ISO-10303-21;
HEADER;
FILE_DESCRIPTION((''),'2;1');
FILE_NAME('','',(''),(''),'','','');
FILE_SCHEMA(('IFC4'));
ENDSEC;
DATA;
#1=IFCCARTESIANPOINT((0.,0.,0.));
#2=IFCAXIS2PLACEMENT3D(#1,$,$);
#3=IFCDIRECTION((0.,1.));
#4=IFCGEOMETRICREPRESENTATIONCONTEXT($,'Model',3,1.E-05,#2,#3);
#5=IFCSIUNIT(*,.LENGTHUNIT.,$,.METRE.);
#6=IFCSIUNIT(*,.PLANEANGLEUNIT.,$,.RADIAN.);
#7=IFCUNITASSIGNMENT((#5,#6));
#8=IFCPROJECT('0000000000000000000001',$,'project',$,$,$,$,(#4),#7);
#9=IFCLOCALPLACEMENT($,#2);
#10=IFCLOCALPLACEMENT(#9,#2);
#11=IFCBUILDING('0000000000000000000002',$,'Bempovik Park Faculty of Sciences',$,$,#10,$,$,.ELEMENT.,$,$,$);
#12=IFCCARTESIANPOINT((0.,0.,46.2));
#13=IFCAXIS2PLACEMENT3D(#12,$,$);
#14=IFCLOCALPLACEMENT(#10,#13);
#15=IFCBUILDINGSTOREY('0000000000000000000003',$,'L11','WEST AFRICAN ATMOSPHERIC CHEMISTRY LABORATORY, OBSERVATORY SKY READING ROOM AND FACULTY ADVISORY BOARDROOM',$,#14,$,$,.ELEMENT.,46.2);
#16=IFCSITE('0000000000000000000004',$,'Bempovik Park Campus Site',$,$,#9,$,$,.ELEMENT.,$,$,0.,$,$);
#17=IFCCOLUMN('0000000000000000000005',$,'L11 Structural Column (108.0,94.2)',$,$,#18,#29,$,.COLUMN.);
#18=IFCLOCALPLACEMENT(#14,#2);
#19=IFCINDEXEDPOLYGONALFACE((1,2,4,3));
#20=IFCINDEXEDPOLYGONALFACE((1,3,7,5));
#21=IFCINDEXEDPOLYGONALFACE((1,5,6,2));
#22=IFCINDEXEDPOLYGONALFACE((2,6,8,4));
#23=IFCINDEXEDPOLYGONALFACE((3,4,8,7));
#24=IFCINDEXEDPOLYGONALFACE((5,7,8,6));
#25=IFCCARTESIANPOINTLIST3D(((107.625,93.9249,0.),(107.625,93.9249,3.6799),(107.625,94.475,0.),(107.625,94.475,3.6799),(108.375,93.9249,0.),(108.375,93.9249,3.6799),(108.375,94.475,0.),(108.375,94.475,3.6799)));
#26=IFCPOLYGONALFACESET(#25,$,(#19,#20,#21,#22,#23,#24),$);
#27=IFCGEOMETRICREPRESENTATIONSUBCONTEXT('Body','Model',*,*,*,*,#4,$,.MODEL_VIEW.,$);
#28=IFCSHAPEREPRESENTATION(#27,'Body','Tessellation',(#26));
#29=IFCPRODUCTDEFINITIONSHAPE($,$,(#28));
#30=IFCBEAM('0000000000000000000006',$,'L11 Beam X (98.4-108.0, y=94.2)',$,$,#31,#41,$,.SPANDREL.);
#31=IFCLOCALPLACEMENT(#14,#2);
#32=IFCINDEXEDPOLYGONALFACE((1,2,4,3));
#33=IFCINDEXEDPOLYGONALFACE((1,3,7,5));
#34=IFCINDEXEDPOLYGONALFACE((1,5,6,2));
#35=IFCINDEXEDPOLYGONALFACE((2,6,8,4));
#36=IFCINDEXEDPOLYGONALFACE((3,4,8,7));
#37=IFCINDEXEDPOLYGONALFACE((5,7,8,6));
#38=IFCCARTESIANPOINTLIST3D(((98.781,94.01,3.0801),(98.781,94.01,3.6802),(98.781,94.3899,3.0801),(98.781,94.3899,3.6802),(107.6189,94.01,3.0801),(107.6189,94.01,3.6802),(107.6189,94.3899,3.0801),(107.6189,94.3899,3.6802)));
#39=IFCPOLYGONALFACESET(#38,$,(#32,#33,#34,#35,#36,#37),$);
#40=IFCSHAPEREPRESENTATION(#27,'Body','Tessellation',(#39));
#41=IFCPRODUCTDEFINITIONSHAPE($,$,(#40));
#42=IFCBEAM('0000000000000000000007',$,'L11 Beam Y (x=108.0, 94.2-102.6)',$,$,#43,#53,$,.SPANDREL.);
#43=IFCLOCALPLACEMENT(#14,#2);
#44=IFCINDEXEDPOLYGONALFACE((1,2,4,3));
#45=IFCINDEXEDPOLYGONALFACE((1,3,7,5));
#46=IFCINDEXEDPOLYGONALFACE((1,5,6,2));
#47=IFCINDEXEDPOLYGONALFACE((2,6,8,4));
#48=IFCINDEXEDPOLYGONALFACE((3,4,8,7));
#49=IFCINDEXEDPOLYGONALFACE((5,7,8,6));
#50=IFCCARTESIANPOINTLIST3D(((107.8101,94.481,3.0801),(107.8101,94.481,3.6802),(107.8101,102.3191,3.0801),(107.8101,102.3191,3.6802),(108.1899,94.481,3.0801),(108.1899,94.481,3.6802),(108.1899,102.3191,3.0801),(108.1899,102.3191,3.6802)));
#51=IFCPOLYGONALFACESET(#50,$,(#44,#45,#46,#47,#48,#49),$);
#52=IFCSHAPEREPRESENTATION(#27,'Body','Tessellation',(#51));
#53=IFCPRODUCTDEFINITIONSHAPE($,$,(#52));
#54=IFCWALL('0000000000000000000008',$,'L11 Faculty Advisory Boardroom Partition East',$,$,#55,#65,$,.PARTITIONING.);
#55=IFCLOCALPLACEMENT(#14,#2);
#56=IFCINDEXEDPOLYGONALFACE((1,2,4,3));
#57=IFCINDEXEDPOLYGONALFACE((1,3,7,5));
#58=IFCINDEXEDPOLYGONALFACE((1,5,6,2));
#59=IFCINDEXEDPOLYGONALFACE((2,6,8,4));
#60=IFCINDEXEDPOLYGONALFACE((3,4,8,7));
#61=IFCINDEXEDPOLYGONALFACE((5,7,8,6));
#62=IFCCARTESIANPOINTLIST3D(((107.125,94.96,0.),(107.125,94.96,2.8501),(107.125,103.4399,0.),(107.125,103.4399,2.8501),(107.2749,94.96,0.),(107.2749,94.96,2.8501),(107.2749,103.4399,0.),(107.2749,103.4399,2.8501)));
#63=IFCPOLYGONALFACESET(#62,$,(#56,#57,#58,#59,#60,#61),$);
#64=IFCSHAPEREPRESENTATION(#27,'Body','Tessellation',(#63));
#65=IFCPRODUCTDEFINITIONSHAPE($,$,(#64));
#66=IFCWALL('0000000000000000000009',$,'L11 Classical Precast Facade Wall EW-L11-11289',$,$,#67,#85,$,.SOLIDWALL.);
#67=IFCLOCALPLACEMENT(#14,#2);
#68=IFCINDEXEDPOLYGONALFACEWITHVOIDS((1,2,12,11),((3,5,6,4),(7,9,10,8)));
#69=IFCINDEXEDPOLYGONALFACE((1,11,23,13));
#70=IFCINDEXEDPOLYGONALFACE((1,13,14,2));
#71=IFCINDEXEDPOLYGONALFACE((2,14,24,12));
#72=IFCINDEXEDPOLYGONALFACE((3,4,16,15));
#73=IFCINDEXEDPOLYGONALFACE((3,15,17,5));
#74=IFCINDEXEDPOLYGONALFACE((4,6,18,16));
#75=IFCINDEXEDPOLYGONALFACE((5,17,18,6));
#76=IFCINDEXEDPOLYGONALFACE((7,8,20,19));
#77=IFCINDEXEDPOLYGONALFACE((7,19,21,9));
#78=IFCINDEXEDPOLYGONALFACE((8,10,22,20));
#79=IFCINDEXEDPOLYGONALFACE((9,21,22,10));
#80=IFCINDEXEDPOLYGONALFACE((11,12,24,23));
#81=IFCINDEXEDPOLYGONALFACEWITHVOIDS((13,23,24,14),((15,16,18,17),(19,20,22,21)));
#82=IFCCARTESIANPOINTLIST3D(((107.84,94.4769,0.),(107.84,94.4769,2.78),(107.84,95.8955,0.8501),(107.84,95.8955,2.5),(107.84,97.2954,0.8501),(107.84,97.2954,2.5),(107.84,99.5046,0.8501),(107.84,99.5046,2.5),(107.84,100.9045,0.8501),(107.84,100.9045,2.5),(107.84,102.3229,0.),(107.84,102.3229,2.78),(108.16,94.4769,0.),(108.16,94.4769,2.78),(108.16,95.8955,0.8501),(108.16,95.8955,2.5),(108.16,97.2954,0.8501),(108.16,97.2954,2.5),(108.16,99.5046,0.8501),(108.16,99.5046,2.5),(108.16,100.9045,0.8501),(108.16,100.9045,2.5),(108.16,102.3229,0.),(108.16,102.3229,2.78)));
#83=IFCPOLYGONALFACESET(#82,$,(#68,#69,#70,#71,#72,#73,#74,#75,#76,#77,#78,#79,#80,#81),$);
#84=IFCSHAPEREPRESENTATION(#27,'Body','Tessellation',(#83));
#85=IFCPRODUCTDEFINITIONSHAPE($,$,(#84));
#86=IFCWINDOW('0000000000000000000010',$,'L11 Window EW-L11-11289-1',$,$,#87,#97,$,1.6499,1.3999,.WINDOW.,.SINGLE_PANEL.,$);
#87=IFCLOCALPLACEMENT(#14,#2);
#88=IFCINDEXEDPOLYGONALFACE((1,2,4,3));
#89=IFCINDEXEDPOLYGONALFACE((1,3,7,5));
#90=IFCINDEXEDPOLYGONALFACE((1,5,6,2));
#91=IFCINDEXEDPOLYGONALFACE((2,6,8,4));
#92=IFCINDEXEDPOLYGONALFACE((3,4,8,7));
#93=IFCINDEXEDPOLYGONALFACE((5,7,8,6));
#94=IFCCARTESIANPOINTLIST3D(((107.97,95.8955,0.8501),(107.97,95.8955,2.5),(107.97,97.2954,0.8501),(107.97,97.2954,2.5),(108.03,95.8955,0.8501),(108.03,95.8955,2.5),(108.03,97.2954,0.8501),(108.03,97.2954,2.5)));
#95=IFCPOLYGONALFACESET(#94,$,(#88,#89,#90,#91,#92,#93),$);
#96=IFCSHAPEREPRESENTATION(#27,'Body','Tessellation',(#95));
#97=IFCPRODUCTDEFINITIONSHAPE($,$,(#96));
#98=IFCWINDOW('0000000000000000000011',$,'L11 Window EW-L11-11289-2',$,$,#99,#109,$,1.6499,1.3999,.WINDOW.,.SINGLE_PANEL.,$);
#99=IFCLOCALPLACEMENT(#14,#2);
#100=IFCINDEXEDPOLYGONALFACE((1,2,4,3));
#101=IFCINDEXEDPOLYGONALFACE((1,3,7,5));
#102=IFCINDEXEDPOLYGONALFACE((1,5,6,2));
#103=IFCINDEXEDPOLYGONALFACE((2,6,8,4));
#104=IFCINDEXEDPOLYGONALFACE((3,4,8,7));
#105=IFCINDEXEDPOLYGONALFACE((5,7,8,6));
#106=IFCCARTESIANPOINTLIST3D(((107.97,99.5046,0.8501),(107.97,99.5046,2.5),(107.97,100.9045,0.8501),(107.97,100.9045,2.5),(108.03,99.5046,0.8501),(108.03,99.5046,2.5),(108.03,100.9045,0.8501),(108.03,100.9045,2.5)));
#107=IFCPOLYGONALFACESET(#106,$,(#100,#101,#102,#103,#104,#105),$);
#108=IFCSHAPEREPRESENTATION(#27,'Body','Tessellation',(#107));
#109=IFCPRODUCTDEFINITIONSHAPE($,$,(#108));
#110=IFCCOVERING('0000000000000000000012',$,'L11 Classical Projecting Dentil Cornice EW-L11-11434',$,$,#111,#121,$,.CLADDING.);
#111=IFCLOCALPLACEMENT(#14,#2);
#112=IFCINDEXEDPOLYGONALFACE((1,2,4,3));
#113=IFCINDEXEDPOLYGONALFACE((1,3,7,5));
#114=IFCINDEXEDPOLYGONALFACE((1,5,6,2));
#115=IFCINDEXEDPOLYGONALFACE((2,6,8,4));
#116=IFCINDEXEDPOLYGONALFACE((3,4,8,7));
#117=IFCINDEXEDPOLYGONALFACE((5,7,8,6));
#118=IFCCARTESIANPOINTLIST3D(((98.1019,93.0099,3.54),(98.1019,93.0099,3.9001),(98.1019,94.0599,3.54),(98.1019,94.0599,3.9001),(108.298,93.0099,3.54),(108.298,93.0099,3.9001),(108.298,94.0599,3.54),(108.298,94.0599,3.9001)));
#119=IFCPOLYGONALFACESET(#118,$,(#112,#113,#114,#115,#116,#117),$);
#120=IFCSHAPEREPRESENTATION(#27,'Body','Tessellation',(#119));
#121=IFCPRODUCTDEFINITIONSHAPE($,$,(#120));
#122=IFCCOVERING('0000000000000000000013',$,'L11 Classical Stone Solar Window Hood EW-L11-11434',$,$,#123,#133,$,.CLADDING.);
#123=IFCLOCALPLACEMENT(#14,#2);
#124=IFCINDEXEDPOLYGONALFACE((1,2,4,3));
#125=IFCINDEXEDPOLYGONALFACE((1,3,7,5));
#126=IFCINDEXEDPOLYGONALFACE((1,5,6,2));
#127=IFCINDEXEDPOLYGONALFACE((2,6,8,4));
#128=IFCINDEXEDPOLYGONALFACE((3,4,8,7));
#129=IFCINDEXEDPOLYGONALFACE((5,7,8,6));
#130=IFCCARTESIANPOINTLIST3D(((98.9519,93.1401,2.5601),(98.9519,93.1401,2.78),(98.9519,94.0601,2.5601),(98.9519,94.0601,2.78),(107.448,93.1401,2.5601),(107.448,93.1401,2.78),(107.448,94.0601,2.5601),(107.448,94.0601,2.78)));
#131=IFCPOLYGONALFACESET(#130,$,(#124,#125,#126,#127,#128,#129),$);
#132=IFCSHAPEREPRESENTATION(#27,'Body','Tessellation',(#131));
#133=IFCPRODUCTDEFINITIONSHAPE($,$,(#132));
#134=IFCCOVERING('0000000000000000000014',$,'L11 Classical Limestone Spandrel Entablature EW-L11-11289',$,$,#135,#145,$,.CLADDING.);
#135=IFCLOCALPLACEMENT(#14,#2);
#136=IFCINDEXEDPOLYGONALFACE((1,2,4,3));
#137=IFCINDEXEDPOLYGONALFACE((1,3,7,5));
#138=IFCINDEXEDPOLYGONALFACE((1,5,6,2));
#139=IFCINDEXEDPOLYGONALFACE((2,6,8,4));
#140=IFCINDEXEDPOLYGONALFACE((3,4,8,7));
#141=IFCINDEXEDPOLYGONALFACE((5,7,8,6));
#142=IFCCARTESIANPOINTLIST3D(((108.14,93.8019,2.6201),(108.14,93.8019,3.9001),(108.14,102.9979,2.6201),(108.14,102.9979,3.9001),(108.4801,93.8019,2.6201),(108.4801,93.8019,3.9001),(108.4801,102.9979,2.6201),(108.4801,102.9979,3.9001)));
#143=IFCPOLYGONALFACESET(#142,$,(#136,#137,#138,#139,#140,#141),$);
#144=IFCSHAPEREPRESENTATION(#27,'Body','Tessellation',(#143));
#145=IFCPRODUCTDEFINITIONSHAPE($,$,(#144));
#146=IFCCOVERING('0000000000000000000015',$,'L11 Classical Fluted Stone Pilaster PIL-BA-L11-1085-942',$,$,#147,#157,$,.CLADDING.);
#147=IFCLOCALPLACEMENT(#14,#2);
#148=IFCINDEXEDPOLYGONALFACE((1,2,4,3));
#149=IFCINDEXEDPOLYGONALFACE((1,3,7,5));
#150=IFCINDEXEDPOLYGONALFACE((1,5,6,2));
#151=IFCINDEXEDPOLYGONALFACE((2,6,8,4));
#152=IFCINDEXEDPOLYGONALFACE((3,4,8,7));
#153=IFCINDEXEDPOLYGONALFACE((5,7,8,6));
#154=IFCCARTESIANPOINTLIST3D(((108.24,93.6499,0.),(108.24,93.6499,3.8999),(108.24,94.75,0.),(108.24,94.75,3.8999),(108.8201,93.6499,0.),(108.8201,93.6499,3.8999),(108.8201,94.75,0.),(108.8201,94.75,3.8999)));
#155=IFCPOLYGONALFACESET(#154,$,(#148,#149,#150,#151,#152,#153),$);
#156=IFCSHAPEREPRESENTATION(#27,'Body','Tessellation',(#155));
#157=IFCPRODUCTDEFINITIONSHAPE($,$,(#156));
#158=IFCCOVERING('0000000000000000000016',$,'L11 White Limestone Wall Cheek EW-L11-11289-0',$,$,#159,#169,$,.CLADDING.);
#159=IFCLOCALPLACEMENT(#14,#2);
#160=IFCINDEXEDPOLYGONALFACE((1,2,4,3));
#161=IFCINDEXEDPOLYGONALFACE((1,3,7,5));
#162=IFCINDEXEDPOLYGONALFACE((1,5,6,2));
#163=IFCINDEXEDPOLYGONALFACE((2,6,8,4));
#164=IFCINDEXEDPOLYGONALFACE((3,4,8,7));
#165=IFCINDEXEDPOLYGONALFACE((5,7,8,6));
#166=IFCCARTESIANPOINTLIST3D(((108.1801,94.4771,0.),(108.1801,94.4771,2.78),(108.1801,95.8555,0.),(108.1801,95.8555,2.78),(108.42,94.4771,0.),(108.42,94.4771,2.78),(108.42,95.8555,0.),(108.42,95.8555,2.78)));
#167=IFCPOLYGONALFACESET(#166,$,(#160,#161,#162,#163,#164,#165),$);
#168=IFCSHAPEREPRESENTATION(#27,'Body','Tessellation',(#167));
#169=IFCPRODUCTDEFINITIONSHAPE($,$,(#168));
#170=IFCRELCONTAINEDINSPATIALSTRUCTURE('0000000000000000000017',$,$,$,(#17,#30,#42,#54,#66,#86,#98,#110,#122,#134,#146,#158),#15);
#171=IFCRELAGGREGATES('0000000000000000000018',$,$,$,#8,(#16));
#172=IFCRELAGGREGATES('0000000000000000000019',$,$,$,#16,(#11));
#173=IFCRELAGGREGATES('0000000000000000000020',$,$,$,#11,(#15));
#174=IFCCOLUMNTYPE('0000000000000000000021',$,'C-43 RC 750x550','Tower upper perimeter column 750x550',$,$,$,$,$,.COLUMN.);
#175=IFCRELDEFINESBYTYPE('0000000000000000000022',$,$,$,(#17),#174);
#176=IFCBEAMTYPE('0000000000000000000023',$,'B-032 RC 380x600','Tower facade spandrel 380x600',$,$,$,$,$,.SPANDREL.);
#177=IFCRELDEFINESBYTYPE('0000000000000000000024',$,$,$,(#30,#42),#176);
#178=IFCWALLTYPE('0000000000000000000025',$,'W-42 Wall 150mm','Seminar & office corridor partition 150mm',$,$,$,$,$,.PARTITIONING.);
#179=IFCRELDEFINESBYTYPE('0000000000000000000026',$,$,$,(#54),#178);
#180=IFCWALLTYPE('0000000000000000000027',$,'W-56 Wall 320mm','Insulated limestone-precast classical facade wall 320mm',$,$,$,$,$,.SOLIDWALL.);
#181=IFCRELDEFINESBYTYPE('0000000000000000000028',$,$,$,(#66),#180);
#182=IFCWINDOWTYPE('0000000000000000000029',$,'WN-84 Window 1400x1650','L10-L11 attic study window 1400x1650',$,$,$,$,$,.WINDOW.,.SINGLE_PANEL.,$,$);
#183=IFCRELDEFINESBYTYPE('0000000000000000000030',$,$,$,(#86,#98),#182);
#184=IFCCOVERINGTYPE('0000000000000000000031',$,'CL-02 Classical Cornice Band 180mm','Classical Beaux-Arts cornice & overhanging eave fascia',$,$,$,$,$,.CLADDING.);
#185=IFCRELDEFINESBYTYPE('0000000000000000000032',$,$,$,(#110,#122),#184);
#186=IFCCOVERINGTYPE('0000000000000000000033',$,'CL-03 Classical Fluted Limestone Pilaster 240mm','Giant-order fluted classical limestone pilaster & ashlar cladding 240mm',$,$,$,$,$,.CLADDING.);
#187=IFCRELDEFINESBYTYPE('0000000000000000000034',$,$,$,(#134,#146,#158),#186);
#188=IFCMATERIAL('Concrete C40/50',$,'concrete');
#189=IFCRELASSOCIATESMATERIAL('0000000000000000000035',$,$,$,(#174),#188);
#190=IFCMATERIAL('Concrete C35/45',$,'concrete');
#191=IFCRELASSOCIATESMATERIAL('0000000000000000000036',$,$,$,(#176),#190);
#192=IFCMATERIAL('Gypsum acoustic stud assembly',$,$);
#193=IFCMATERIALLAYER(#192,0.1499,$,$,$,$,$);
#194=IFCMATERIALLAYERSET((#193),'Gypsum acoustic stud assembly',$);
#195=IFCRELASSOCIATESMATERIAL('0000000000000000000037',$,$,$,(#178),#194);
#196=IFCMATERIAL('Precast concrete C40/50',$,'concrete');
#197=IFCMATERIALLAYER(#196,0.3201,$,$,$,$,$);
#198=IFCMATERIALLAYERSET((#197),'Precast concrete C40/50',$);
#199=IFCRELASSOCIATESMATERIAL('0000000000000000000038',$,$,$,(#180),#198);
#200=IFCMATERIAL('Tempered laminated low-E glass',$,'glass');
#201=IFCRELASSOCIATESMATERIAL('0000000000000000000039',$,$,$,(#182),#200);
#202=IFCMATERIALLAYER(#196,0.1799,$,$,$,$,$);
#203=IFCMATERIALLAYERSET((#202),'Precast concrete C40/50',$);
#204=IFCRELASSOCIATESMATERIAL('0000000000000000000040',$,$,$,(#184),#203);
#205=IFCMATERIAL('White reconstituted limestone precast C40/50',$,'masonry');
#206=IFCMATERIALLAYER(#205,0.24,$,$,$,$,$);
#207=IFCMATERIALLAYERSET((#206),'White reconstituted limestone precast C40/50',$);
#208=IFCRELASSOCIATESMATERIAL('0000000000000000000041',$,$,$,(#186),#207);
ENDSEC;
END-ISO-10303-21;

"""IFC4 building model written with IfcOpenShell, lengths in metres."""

from ifc_helpers import new_model, si_unit, direction, frame, frame_2d, origin, origin_2d, place, context, subcontext, project, spatial, rectangle, extrude, material, layer, layer_set, material_profile, profile_set, type_object, element, fill, save


model = new_model("IFC4")

# Units and contexts
model_context = context("Model", 3, precision=1e-05, world=origin(), true_north=direction((0.0, 1.0)))
body_context = subcontext(model_context, "Body", "Model", "MODEL_VIEW")
ifc_project = project(units=[si_unit("LENGTHUNIT", "METRE"), si_unit("PLANEANGLEUNIT", "RADIAN")], contexts=[model_context])

# Site, building, storey
site_placement = place(None, origin())
site = spatial("IfcSite", under=ifc_project, at=site_placement, Name="Bempovik Park Campus Site", CompositionType="ELEMENT", RefElevation=0.0)
building_placement = place(site_placement, origin())
building = spatial("IfcBuilding", under=site, at=building_placement, Name="Bempovik Park Faculty of Sciences", CompositionType="ELEMENT")
storey_placement = place(building_placement, frame((0.0, 0.0, 46.2)))
storey = spatial("IfcBuildingStorey", under=building, at=storey_placement, Name="L11", Description="WEST AFRICAN ATMOSPHERIC CHEMISTRY LABORATORY, OBSERVATORY SKY READING ROOM AND FACULTY ADVISORY BOARDROOM", CompositionType="ELEMENT", Elevation=46.2)

# Column
ifc_material_1 = material(Name="Concrete C40/50", Category="concrete")
ifc_material_profile_1 = material_profile(ifc_material_1, rectangle(XDim=0.75, YDim=0.55, at=origin_2d()), Name="RC 750x550")
ifc_profile_set_1 = profile_set([ifc_material_profile_1], Name="Concrete C40/50")
column_type = type_object("IfcColumnType", Name="C-43 RC 750x550", Description="Tower upper perimeter column 750x550", PredefinedType="COLUMN", material=ifc_profile_set_1)
column_placement = place(storey_placement, frame((108.0, 94.2, 0.0), z_axis=(0.0, 0.0, 1.0), x_axis=(1.0, 0.0, 0.0)))
element("IfcColumn", 1, at=column_placement, inside=storey, type_object=column_type, Name="L11 Structural Column (108.0,94.2)", PredefinedType="COLUMN", context=body_context, shape_type="SweptSolid", body=[
    extrude(rectangle(XDim=0.75, YDim=0.55, at=origin_2d()), origin(), (0.0, 0.0, 1.0), 3.6799),
])

# Beams
ifc_material_2 = material(Name="Concrete C35/45", Category="concrete")
ifc_material_profile_2 = material_profile(ifc_material_2, rectangle(XDim=0.3799, YDim=0.6001, at=origin_2d()), Name="RC 380x600")
ifc_profile_set_2 = profile_set([ifc_material_profile_2], Name="Concrete C35/45")
beam_type = type_object("IfcBeamType", Name="B-032 RC 380x600", Description="Tower facade spandrel 380x600", PredefinedType="SPANDREL", material=ifc_profile_set_2)
beam_1_placement = place(storey_placement, frame((98.781, 94.2, 3.3801), z_axis=(1.0, 0.0, 0.0), x_axis=(0.0, 1.0, 0.0)))
element("IfcBeam", 2, at=beam_1_placement, inside=storey, type_object=beam_type, Name="L11 Beam X (98.4-108.0, y=94.2)", PredefinedType="SPANDREL", context=body_context, shape_type="SweptSolid", body=[
    extrude(rectangle(XDim=0.3799, YDim=0.6001, at=origin_2d()), origin(), (0.0, 0.0, 1.0), 8.8379),
])
beam_2_placement = place(storey_placement, frame((108.0, 94.481, 3.3801), z_axis=(0.0, 1.0, 0.0), x_axis=(-1.0, 0.0, 0.0)))
element("IfcBeam", 3, at=beam_2_placement, inside=storey, type_object=beam_type, Name="L11 Beam Y (x=108.0, 94.2-102.6)", PredefinedType="SPANDREL", context=body_context, shape_type="SweptSolid", body=[
    extrude(rectangle(XDim=0.3799, YDim=0.6001, at=origin_2d()), origin(), (0.0, 0.0, 1.0), 7.8381),
])

# Wall
ifc_material_3 = material(Name="Gypsum acoustic stud assembly")
ifc_layer_1 = layer(ifc_material_3, 0.1499)
ifc_layer_set_1 = layer_set([ifc_layer_1], Name="Gypsum acoustic stud assembly")
wall_type_1 = type_object("IfcWallType", Name="W-42 Wall 150mm", Description="Seminar & office corridor partition 150mm", PredefinedType="PARTITIONING", material=ifc_layer_set_1)
wall_1_placement = place(storey_placement, frame((107.2, 94.96, 0.0), z_axis=(0.0, 0.0, 1.0), x_axis=(0.0, 1.0, 0.0)))
element("IfcWall", 4, at=wall_1_placement, inside=storey, type_object=wall_type_1, Name="L11 Faculty Advisory Boardroom Partition East", PredefinedType="PARTITIONING", context=body_context, shape_type="SweptSolid", body=[
    extrude(rectangle(XDim=8.48, YDim=0.1499, at=frame_2d((4.24, 0.0))), origin(), (0.0, 0.0, 1.0), 2.8501),
])

# Wall, openings, windows
ifc_material_4 = material(Name="Precast concrete C40/50", Category="concrete")
ifc_layer_2 = layer(ifc_material_4, 0.3201)
ifc_layer_set_2 = layer_set([ifc_layer_2], Name="Precast concrete C40/50")
wall_type_2 = type_object("IfcWallType", Name="W-56 Wall 320mm", Description="Insulated limestone-precast classical facade wall 320mm", PredefinedType="SOLIDWALL", material=ifc_layer_set_2)
wall_2_placement = place(storey_placement, frame((108.0, 94.4771, 0.0), z_axis=(0.0, 0.0, 1.0), x_axis=(0.0, 1.0, 0.0)))
wall_2 = element("IfcWall", 5, at=wall_2_placement, inside=storey, type_object=wall_type_2, Name="L11 Classical Precast Facade Wall EW-L11-11289", PredefinedType="SOLIDWALL", context=body_context, shape_type="SweptSolid", body=[
    extrude(rectangle(XDim=7.8459, YDim=0.3201, at=frame_2d((3.9229, 0.0))), origin(), (0.0, 0.0, 1.0), 2.78),
])
opening_1_placement = place(wall_2_placement, frame((1.4185, 0.0, 0.8501)))
opening_1 = element("IfcOpeningElement", 6, at=opening_1_placement, cuts=wall_2, PredefinedType="OPENING", context=body_context, shape_type="SweptSolid", body=[
    extrude(rectangle(XDim=1.3999, YDim=1.6499, at=frame_2d((0.7, 0.825))), frame((0.0, 0.1699, 0.0), z_axis=(0.0, -1.0, 0.0), x_axis=(1.0, 0.0, 0.0)), (0.0, 0.0, 1.0), 0.3401),
])
opening_2_placement = place(wall_2_placement, frame((5.0276, 0.0, 0.8501)))
opening_2 = element("IfcOpeningElement", 7, at=opening_2_placement, cuts=wall_2, PredefinedType="OPENING", context=body_context, shape_type="SweptSolid", body=[
    extrude(rectangle(XDim=1.3999, YDim=1.6499, at=frame_2d((0.7, 0.825))), frame((0.0, 0.1699, 0.0), z_axis=(0.0, -1.0, 0.0), x_axis=(1.0, 0.0, 0.0)), (0.0, 0.0, 1.0), 0.3401),
])
ifc_material_5 = material(Name="Tempered laminated low-E glass", Category="glass")
window_type = type_object("IfcWindowType", Name="WN-84 Window 1400x1650", Description="L10-L11 attic study window 1400x1650", PartitioningType="SINGLE_PANEL", PredefinedType="WINDOW", material=ifc_material_5)
window_1_placement = place(opening_1_placement, origin())
window_1 = element("IfcWindow", 8, at=window_1_placement, inside=storey, type_object=window_type, Name="L11 Window EW-L11-11289-1", OverallHeight=1.6499, OverallWidth=1.3999, PartitioningType="SINGLE_PANEL", PredefinedType="WINDOW", context=body_context, shape_type="SweptSolid", body=[
    extrude(rectangle(XDim=1.3999, YDim=1.6499, at=frame_2d((0.7, 0.825))), frame((0.0, 0.03, 0.0), z_axis=(0.0, -1.0, 0.0), x_axis=(1.0, 0.0, 0.0)), (0.0, 0.0, 1.0), 0.0601),
])
fill(opening_1, window_1)
window_2_placement = place(opening_2_placement, origin())
window_2 = element("IfcWindow", 9, at=window_2_placement, inside=storey, type_object=window_type, Name="L11 Window EW-L11-11289-2", OverallHeight=1.6499, OverallWidth=1.3999, PartitioningType="SINGLE_PANEL", PredefinedType="WINDOW", context=body_context, shape_type="SweptSolid", body=[
    extrude(rectangle(XDim=1.3999, YDim=1.6499, at=frame_2d((0.7, 0.825))), frame((0.0, 0.03, 0.0), z_axis=(0.0, -1.0, 0.0), x_axis=(1.0, 0.0, 0.0)), (0.0, 0.0, 1.0), 0.0601),
])
fill(opening_2, window_2)

# Coverings
ifc_layer_3 = layer(ifc_material_4, 0.1799)
ifc_layer_set_3 = layer_set([ifc_layer_3], Name="Precast concrete C40/50")
covering_type_1 = type_object("IfcCoveringType", Name="CL-02 Classical Cornice Band 180mm", Description="Classical Beaux-Arts cornice & overhanging eave fascia", PredefinedType="CLADDING", material=ifc_layer_set_3)
covering_1_placement = place(storey_placement, frame((103.2, 93.5349, 3.54), z_axis=(0.0, 0.0, 1.0), x_axis=(1.0, 0.0, 0.0)))
element("IfcCovering", 10, at=covering_1_placement, inside=storey, type_object=covering_type_1, Name="L11 Classical Projecting Dentil Cornice EW-L11-11434", PredefinedType="CLADDING", context=body_context, shape_type="SweptSolid", body=[
    extrude(rectangle(XDim=10.196, YDim=1.05, at=origin_2d()), origin(), (0.0, 0.0, 1.0), 0.3601),
])
covering_2_placement = place(storey_placement, frame((103.2, 93.6001, 2.5601), z_axis=(0.0, 0.0, 1.0), x_axis=(1.0, 0.0, 0.0)))
element("IfcCovering", 11, at=covering_2_placement, inside=storey, type_object=covering_type_1, Name="L11 Classical Stone Solar Window Hood EW-L11-11434", PredefinedType="CLADDING", context=body_context, shape_type="SweptSolid", body=[
    extrude(rectangle(XDim=8.4961, YDim=0.9199, at=origin_2d()), origin(), (0.0, 0.0, 1.0), 0.22),
])
ifc_material_6 = material(Name="White reconstituted limestone precast C40/50", Category="masonry")
ifc_layer_4 = layer(ifc_material_6, 0.24)
ifc_layer_set_4 = layer_set([ifc_layer_4], Name="White reconstituted limestone precast C40/50")
covering_type_2 = type_object("IfcCoveringType", Name="CL-03 Classical Fluted Limestone Pilaster 240mm", Description="Giant-order fluted classical limestone pilaster & ashlar cladding 240mm", PredefinedType="CLADDING", material=ifc_layer_set_4)
covering_3_placement = place(storey_placement, frame((108.3101, 98.3999, 2.6201), z_axis=(0.0, 0.0, 1.0), x_axis=(1.0, 0.0, 0.0)))
element("IfcCovering", 12, at=covering_3_placement, inside=storey, type_object=covering_type_2, Name="L11 Classical Limestone Spandrel Entablature EW-L11-11289", PredefinedType="CLADDING", context=body_context, shape_type="SweptSolid", body=[
    extrude(rectangle(XDim=0.3401, YDim=9.196, at=origin_2d()), origin(), (0.0, 0.0, 1.0), 1.28),
])
covering_4_placement = place(storey_placement, frame((108.53, 94.2, 0.0), z_axis=(0.0, 0.0, 1.0), x_axis=(1.0, 0.0, 0.0)))
element("IfcCovering", 13, at=covering_4_placement, inside=storey, type_object=covering_type_2, Name="L11 Classical Fluted Stone Pilaster PIL-BA-L11-1085-942", PredefinedType="CLADDING", context=body_context, shape_type="SweptSolid", body=[
    extrude(rectangle(XDim=0.5801, YDim=1.1001, at=origin_2d()), origin(), (0.0, 0.0, 1.0), 3.8999),
])
covering_5_placement = place(storey_placement, frame((108.3, 95.1663, 0.0), z_axis=(0.0, 0.0, 1.0), x_axis=(1.0, 0.0, 0.0)))
element("IfcCovering", 14, at=covering_5_placement, inside=storey, type_object=covering_type_2, Name="L11 White Limestone Wall Cheek EW-L11-11289-0", PredefinedType="CLADDING", context=body_context, shape_type="SweptSolid", body=[
    extrude(rectangle(XDim=0.24, YDim=1.3784, at=origin_2d()), origin(), (0.0, 0.0, 1.0), 2.78),
])

save(model, "model.ifc")
